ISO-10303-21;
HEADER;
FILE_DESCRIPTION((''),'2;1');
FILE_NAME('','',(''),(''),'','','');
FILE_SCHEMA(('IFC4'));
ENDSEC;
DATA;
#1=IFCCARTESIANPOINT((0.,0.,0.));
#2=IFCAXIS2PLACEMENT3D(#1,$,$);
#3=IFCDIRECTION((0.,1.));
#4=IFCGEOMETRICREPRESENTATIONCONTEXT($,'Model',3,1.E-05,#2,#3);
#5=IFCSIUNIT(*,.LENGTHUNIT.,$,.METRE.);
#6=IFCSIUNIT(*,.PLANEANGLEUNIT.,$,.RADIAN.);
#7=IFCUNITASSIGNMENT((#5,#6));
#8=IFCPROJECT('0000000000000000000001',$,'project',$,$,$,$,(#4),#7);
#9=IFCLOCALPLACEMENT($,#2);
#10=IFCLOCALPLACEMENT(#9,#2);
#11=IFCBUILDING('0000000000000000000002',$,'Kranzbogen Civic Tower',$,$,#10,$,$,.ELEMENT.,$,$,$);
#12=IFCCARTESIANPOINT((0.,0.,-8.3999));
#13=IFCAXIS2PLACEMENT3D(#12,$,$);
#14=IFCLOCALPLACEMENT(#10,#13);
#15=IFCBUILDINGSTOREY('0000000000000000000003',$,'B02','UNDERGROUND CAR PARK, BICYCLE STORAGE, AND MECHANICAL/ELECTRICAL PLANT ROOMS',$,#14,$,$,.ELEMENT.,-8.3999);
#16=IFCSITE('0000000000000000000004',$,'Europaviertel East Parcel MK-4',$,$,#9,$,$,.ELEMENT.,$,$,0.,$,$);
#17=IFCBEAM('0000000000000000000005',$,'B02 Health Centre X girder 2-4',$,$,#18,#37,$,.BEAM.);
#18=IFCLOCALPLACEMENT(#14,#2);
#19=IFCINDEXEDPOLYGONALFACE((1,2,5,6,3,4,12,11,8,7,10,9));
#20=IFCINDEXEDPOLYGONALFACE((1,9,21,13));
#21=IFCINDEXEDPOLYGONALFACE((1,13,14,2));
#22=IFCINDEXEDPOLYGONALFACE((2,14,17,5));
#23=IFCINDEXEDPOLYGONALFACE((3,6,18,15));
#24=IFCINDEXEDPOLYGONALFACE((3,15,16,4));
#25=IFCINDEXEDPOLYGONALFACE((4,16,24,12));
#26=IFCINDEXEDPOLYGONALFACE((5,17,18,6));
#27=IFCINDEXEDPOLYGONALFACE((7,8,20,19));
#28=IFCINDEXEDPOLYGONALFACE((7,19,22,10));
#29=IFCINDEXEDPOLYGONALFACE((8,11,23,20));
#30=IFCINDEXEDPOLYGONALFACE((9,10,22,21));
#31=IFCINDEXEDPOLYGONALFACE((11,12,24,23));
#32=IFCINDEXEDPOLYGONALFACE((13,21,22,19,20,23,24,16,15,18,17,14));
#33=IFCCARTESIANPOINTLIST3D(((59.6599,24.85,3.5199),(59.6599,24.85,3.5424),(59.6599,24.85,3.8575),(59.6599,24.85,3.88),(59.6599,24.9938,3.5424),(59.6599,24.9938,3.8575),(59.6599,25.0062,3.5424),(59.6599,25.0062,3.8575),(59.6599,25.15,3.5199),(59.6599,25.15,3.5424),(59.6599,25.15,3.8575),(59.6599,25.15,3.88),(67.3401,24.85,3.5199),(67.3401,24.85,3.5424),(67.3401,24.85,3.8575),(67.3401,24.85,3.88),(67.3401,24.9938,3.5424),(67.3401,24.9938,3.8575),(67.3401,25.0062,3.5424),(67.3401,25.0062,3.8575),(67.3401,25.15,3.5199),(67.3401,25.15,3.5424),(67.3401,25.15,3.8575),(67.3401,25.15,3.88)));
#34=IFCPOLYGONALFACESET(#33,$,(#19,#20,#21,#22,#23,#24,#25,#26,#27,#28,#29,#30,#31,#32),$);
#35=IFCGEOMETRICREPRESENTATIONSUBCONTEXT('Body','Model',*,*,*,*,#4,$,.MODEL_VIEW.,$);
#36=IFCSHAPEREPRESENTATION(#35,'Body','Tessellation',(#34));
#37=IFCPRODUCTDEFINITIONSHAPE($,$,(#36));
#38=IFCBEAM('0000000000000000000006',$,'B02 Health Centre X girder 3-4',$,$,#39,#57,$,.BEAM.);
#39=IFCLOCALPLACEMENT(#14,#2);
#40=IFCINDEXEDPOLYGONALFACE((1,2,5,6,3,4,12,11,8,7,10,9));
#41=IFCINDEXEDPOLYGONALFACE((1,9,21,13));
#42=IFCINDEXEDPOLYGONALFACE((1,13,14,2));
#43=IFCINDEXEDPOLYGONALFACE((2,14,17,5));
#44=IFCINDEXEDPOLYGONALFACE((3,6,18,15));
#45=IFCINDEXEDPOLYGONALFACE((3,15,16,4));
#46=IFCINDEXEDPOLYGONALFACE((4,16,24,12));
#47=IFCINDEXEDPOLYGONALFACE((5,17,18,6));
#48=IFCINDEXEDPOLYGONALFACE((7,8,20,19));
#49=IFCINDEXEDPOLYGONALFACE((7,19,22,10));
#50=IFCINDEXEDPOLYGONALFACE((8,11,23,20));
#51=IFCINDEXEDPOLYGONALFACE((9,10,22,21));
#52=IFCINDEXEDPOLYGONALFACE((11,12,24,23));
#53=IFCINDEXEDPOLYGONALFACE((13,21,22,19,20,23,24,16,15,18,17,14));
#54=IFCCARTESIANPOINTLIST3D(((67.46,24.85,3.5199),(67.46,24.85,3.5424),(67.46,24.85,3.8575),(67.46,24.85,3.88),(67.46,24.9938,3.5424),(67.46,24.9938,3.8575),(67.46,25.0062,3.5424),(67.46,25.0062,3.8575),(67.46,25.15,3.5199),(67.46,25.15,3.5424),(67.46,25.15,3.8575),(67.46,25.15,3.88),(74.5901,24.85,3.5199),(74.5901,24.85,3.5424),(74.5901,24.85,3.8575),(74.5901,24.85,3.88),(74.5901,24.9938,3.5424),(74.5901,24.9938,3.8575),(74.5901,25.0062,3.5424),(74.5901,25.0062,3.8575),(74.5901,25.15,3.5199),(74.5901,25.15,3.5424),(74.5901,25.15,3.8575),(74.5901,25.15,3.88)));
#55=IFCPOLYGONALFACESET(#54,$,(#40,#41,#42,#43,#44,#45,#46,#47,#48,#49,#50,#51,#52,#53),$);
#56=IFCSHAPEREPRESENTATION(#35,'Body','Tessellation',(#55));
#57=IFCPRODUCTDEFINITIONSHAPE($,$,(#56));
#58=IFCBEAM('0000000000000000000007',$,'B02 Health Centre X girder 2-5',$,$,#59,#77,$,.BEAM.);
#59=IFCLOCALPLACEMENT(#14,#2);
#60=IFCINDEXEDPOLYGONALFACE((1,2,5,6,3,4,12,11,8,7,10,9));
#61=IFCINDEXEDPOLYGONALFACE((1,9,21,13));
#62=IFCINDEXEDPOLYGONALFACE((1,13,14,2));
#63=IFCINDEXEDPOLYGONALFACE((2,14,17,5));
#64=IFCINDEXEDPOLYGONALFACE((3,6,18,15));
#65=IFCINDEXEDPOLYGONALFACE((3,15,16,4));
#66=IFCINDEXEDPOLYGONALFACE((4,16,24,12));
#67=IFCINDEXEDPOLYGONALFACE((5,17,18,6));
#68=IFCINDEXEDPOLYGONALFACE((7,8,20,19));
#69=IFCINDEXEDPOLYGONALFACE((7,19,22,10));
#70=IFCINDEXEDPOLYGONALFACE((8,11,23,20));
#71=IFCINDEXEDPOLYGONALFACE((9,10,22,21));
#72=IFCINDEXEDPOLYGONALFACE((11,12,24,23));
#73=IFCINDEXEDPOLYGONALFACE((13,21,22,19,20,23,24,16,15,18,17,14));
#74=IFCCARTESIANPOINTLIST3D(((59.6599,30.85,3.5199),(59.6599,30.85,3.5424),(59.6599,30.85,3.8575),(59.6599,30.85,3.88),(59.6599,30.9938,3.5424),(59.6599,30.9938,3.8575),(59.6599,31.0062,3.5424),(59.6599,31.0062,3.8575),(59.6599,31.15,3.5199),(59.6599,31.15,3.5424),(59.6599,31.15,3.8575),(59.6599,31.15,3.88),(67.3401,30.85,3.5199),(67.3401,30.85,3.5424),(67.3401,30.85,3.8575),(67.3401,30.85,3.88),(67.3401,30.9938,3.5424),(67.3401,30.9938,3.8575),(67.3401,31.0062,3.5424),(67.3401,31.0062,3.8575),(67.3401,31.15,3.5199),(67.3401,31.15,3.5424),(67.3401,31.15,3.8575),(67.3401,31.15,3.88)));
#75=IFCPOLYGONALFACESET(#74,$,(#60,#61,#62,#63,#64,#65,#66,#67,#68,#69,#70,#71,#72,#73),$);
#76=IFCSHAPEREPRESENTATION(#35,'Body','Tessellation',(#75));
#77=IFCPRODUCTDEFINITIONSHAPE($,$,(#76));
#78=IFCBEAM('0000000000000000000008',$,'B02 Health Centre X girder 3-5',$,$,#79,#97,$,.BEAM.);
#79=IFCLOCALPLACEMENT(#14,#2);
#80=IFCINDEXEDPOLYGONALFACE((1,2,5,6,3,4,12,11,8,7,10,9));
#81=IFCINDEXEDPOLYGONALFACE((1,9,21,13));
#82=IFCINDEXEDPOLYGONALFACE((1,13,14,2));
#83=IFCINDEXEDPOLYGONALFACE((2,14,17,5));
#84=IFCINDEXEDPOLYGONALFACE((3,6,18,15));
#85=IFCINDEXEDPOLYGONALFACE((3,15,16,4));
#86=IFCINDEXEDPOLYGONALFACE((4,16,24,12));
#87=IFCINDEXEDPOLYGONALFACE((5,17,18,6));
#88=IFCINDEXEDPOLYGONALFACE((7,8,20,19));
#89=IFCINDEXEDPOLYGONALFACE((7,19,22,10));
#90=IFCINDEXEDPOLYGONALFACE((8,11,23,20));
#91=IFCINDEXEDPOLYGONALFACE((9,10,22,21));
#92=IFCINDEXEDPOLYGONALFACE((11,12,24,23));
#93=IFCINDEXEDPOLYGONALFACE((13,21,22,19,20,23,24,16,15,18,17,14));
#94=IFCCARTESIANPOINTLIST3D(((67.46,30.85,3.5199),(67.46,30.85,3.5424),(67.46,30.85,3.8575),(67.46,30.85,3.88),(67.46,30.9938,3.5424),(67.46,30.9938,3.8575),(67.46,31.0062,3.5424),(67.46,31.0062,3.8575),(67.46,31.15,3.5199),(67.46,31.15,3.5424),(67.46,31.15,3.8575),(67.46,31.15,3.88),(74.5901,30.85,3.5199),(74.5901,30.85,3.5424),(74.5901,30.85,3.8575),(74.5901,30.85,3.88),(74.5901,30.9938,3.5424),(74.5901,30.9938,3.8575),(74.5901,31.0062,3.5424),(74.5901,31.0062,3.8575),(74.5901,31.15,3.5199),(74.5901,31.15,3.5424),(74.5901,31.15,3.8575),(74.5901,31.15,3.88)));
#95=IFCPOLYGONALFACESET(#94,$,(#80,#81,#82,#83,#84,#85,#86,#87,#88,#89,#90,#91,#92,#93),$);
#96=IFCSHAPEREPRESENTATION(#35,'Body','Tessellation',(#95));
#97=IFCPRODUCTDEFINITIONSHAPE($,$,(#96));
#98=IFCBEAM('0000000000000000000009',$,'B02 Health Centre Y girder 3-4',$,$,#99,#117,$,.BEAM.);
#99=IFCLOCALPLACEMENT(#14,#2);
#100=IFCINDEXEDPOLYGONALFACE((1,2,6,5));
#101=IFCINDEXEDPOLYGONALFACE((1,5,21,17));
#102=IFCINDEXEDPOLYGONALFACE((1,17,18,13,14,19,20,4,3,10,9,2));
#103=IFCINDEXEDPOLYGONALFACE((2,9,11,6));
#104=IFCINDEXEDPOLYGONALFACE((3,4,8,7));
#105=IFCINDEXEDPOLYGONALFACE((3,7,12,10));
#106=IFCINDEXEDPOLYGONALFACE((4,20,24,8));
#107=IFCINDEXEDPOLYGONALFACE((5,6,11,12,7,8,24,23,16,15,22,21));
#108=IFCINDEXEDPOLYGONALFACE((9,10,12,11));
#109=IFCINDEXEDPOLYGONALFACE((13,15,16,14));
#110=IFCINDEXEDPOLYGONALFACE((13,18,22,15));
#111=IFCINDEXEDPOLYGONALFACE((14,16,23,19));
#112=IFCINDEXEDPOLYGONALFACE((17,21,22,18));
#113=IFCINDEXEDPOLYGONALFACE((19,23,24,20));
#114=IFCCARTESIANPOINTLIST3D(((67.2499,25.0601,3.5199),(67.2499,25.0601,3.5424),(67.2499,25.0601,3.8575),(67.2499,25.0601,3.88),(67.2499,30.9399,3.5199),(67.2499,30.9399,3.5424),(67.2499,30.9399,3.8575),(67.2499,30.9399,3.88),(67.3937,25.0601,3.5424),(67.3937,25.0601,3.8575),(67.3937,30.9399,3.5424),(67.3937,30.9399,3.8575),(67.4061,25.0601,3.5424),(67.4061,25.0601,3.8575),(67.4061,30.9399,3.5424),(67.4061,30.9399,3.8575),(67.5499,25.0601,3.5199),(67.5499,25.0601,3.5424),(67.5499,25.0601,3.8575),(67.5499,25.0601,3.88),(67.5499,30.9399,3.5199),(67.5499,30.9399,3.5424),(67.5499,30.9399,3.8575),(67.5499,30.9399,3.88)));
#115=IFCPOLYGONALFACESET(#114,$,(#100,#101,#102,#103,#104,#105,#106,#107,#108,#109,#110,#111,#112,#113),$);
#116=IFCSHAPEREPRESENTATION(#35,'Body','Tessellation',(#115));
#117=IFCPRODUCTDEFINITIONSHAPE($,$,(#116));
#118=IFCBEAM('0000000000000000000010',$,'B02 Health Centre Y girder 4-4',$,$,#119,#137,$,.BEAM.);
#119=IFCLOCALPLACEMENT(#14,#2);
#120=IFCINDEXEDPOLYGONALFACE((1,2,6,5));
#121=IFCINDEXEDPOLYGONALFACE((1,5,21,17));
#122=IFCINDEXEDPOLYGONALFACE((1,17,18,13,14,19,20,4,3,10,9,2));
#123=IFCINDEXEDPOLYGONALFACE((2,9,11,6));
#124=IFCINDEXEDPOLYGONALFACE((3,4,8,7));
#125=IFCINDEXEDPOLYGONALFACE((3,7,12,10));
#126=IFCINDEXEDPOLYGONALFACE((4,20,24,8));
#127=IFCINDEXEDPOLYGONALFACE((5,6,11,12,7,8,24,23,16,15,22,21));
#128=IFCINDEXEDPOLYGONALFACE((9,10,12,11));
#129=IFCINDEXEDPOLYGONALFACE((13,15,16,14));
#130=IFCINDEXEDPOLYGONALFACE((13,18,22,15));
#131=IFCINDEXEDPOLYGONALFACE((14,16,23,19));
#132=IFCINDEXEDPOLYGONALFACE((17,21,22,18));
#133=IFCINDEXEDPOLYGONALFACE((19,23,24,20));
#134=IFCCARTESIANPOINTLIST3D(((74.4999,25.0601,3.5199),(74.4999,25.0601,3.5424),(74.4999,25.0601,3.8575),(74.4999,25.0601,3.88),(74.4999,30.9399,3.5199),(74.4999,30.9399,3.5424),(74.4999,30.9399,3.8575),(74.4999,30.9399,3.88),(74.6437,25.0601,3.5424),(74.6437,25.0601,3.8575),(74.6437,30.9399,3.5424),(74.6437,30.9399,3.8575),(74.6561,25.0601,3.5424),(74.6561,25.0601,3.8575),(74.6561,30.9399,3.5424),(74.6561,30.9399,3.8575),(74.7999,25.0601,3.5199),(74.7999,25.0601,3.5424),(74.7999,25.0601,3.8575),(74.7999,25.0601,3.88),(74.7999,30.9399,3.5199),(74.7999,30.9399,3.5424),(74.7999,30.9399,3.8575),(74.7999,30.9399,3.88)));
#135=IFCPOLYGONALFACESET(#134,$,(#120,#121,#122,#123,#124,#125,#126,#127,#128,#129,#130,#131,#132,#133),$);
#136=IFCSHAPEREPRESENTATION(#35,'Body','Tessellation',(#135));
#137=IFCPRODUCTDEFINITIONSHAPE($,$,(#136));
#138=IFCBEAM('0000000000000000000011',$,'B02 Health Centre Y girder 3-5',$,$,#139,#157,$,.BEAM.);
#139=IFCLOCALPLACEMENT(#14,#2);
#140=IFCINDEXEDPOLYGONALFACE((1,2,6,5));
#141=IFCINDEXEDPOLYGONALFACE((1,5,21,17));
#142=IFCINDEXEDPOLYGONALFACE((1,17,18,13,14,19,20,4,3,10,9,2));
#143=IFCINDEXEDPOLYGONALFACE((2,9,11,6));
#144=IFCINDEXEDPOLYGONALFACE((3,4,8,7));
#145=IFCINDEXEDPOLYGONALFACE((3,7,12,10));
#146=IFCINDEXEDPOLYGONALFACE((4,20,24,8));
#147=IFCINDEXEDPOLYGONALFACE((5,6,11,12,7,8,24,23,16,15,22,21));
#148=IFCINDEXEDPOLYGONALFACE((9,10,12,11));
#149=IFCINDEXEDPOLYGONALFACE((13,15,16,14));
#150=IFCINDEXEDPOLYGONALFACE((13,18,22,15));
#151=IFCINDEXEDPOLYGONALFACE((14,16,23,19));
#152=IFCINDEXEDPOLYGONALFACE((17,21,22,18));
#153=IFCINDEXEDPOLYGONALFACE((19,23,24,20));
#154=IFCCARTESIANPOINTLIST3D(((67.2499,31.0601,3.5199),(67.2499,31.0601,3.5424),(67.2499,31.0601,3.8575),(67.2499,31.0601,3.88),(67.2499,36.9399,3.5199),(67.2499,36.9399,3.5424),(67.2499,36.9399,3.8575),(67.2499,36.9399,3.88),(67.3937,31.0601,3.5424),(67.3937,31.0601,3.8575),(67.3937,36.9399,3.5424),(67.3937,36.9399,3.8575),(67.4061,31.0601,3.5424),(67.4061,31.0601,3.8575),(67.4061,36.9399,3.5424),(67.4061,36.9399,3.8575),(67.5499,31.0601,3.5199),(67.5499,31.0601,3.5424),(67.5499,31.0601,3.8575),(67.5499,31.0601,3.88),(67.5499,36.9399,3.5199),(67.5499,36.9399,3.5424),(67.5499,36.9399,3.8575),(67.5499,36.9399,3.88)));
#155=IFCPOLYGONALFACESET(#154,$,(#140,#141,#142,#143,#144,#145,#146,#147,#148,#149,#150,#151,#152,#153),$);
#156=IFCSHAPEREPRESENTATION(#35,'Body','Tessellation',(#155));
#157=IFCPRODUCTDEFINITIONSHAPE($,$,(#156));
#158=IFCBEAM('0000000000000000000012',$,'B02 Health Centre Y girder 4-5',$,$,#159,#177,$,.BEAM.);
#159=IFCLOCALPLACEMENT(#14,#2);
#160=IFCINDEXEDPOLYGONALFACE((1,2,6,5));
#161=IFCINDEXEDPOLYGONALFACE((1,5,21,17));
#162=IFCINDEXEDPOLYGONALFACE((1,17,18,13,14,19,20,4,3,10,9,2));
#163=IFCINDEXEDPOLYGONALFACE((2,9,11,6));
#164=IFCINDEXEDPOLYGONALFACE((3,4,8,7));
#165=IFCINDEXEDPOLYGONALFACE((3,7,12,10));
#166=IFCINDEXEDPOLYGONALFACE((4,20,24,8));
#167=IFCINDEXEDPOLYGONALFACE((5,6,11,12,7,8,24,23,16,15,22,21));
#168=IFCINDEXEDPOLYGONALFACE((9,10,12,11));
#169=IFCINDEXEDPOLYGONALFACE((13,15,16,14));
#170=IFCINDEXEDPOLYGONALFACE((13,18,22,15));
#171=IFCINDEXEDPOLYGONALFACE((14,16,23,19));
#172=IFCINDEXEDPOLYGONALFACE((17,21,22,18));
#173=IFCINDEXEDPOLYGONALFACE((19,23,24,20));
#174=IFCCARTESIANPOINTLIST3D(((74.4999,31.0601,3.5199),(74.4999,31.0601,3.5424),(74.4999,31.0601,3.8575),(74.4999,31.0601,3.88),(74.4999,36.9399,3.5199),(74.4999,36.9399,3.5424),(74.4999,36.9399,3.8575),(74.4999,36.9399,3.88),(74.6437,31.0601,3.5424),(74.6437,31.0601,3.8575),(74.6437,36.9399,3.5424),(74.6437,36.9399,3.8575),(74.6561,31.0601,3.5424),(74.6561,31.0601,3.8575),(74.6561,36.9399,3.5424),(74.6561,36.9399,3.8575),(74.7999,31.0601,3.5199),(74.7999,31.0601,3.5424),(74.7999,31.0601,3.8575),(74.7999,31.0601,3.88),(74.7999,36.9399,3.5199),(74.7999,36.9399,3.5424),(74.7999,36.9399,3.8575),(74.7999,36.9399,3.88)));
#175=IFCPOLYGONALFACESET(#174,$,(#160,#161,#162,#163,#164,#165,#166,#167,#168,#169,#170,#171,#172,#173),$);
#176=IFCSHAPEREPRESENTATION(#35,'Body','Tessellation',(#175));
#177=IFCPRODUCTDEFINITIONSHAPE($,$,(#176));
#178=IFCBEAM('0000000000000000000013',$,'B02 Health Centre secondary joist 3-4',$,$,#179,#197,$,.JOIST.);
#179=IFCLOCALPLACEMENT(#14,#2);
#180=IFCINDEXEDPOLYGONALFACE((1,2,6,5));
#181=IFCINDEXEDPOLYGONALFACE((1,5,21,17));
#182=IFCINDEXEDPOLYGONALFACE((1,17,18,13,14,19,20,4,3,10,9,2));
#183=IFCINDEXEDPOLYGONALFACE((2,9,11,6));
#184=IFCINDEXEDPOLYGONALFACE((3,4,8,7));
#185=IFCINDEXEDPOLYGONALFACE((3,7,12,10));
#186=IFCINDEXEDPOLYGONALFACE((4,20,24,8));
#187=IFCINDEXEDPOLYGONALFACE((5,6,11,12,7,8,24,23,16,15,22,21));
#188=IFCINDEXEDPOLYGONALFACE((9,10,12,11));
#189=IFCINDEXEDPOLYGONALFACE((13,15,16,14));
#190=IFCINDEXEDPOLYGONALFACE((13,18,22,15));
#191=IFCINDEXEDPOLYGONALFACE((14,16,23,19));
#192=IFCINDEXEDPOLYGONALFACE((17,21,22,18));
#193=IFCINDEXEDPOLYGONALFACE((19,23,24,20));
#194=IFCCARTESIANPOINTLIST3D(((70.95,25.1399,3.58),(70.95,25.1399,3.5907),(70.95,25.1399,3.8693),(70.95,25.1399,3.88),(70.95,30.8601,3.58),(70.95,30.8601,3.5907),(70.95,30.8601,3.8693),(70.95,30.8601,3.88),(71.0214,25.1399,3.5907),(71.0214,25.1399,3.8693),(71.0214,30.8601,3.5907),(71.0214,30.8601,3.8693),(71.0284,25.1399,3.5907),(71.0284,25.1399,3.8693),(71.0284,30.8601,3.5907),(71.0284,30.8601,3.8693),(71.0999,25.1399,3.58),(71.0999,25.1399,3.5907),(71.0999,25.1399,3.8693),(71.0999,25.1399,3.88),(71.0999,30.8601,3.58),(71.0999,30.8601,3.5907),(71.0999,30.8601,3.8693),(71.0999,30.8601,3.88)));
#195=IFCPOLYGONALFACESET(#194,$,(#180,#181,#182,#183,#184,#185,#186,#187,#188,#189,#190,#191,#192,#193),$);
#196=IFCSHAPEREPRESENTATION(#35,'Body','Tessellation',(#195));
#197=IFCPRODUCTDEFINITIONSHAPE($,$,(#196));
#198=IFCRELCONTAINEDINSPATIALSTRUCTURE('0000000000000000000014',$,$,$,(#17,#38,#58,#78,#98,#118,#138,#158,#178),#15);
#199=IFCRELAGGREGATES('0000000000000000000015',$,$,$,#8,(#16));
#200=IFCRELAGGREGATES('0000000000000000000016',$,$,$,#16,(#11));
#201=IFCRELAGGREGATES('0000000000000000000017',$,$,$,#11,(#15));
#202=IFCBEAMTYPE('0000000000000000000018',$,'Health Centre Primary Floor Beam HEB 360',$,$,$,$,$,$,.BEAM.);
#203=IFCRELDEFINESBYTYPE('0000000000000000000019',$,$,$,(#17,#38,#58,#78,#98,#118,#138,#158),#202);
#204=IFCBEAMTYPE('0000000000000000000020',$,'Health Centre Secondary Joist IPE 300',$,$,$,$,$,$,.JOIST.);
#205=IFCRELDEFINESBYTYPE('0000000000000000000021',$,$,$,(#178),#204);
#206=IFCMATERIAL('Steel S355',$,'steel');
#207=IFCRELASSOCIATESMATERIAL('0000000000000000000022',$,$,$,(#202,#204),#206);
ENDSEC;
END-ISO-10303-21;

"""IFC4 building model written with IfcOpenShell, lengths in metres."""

from ifc_helpers import new_model, si_unit, direction, frame, origin, origin_2d, place, context, subcontext, project, spatial, i_section, extrude, material, material_profile, profile_set, type_object, element, save


model = new_model("IFC4")

# Units and contexts
model_context = context("Model", 3, precision=1e-05, world=origin(), true_north=direction((0.0, 1.0)))
body_context = subcontext(model_context, "Body", "Model", "MODEL_VIEW")
ifc_project = project(units=[si_unit("LENGTHUNIT", "METRE"), si_unit("PLANEANGLEUNIT", "RADIAN")], contexts=[model_context])

# Site, building, storey
site_placement = place(None, origin())
site = spatial("IfcSite", under=ifc_project, at=site_placement, Name="Europaviertel East Parcel MK-4", CompositionType="ELEMENT", RefElevation=0.0)
building_placement = place(site_placement, origin())
building = spatial("IfcBuilding", under=site, at=building_placement, Name="Kranzbogen Civic Tower", CompositionType="ELEMENT")
storey_placement = place(building_placement, frame((0.0, 0.0, -8.3999)))
storey = spatial("IfcBuildingStorey", under=building, at=storey_placement, Name="B02", Description="UNDERGROUND CAR PARK, BICYCLE STORAGE, AND MECHANICAL/ELECTRICAL PLANT ROOMS", CompositionType="ELEMENT", Elevation=-8.3999)

# Shared definitions
ifc_material_1 = material(Name="Steel S355", Category="steel")

# Beams
ifc_material_profile_1 = material_profile(ifc_material_1, i_section(OverallWidth=0.3, OverallDepth=0.3601, WebThickness=0.0125, FlangeThickness=0.0225, at=origin_2d()), Name="HEB 360")
ifc_profile_set_1 = profile_set([ifc_material_profile_1], Name="Steel S355")
beam_type_1 = type_object("IfcBeamType", Name="Health Centre Primary Floor Beam HEB 360", PredefinedType="BEAM", material=ifc_profile_set_1)
beam_1_placement = place(storey_placement, frame((59.6599, 25.0, 3.7), z_axis=(1.0, 0.0, 0.0), x_axis=(0.0, 1.0, 0.0)))
element("IfcBeam", 1, at=beam_1_placement, inside=storey, type_object=beam_type_1, Name="B02 Health Centre X girder 2-4", PredefinedType="BEAM", context=body_context, shape_type="SweptSolid", body=[
    extrude(i_section(OverallWidth=0.3, OverallDepth=0.3601, WebThickness=0.0125, FlangeThickness=0.0225, at=origin_2d()), origin(), (0.0, 0.0, 1.0), 7.6802),
])
beam_2_placement = place(storey_placement, frame((67.46, 25.0, 3.7), z_axis=(1.0, 0.0, 0.0), x_axis=(0.0, 1.0, 0.0)))
element("IfcBeam", 2, at=beam_2_placement, inside=storey, type_object=beam_type_1, Name="B02 Health Centre X girder 3-4", PredefinedType="BEAM", context=body_context, shape_type="SweptSolid", body=[
    extrude(i_section(OverallWidth=0.3, OverallDepth=0.3601, WebThickness=0.0125, FlangeThickness=0.0225, at=origin_2d()), origin(), (0.0, 0.0, 1.0), 7.1301),
])
beam_3_placement = place(storey_placement, frame((59.6599, 31.0, 3.7), z_axis=(1.0, 0.0, 0.0), x_axis=(0.0, 1.0, 0.0)))
element("IfcBeam", 3, at=beam_3_placement, inside=storey, type_object=beam_type_1, Name="B02 Health Centre X girder 2-5", PredefinedType="BEAM", context=body_context, shape_type="SweptSolid", body=[
    extrude(i_section(OverallWidth=0.3, OverallDepth=0.3601, WebThickness=0.0125, FlangeThickness=0.0225, at=origin_2d()), origin(), (0.0, 0.0, 1.0), 7.6802),
])
beam_4_placement = place(storey_placement, frame((67.46, 31.0, 3.7), z_axis=(1.0, 0.0, 0.0), x_axis=(0.0, 1.0, 0.0)))
element("IfcBeam", 4, at=beam_4_placement, inside=storey, type_object=beam_type_1, Name="B02 Health Centre X girder 3-5", PredefinedType="BEAM", context=body_context, shape_type="SweptSolid", body=[
    extrude(i_section(OverallWidth=0.3, OverallDepth=0.3601, WebThickness=0.0125, FlangeThickness=0.0225, at=origin_2d()), origin(), (0.0, 0.0, 1.0), 7.1301),
])
for number, where, z_axis, x_axis, name in (
    (5, (67.3999, 25.0601, 3.7), (0.0, 1.0, 0.0), (-1.0, 0.0, 0.0), "B02 Health Centre Y girder 3-4"),
    (6, (74.6499, 25.0601, 3.7), (0.0, 1.0, 0.0), (-1.0, 0.0, 0.0), "B02 Health Centre Y girder 4-4"),
    (7, (67.3999, 31.0601, 3.7), (0.0, 1.0, 0.0), (-1.0, 0.0, 0.0), "B02 Health Centre Y girder 3-5"),
    (8, (74.6499, 31.0601, 3.7), (0.0, 1.0, 0.0), (-1.0, 0.0, 0.0), "B02 Health Centre Y girder 4-5"),
):
    element("IfcBeam", number, at=place(storey_placement, frame(where, z_axis=z_axis, x_axis=x_axis)), inside=storey, type_object=beam_type_1, Name=name, PredefinedType="BEAM", context=body_context, shape_type="SweptSolid", body=[
        extrude(i_section(OverallWidth=0.3, OverallDepth=0.3601, WebThickness=0.0125, FlangeThickness=0.0225, at=origin_2d()), origin(), (0.0, 0.0, 1.0), 5.8799),
    ])
ifc_material_profile_2 = material_profile(ifc_material_1, i_section(OverallWidth=0.1499, OverallDepth=0.3, WebThickness=0.0071, FlangeThickness=0.0107, at=origin_2d()), Name="IPE 300")
ifc_profile_set_2 = profile_set([ifc_material_profile_2], Name="Steel S355")
beam_type_2 = type_object("IfcBeamType", Name="Health Centre Secondary Joist IPE 300", PredefinedType="JOIST", material=ifc_profile_set_2)
for number, where, z_axis, x_axis, name in (
    (9, (71.0249, 25.1399, 3.73), (0.0, 1.0, 0.0), (-1.0, 0.0, 0.0), "B02 Health Centre secondary joist 3-4"),
):
    element("IfcBeam", number, at=place(storey_placement, frame(where, z_axis=z_axis, x_axis=x_axis)), inside=storey, type_object=beam_type_2, Name=name, PredefinedType="JOIST", context=body_context, shape_type="SweptSolid", body=[
        extrude(i_section(OverallWidth=0.1499, OverallDepth=0.3, WebThickness=0.0071, FlangeThickness=0.0107, at=origin_2d()), origin(), (0.0, 0.0, 1.0), 5.7202),
    ])

save(model, "model.ifc")
